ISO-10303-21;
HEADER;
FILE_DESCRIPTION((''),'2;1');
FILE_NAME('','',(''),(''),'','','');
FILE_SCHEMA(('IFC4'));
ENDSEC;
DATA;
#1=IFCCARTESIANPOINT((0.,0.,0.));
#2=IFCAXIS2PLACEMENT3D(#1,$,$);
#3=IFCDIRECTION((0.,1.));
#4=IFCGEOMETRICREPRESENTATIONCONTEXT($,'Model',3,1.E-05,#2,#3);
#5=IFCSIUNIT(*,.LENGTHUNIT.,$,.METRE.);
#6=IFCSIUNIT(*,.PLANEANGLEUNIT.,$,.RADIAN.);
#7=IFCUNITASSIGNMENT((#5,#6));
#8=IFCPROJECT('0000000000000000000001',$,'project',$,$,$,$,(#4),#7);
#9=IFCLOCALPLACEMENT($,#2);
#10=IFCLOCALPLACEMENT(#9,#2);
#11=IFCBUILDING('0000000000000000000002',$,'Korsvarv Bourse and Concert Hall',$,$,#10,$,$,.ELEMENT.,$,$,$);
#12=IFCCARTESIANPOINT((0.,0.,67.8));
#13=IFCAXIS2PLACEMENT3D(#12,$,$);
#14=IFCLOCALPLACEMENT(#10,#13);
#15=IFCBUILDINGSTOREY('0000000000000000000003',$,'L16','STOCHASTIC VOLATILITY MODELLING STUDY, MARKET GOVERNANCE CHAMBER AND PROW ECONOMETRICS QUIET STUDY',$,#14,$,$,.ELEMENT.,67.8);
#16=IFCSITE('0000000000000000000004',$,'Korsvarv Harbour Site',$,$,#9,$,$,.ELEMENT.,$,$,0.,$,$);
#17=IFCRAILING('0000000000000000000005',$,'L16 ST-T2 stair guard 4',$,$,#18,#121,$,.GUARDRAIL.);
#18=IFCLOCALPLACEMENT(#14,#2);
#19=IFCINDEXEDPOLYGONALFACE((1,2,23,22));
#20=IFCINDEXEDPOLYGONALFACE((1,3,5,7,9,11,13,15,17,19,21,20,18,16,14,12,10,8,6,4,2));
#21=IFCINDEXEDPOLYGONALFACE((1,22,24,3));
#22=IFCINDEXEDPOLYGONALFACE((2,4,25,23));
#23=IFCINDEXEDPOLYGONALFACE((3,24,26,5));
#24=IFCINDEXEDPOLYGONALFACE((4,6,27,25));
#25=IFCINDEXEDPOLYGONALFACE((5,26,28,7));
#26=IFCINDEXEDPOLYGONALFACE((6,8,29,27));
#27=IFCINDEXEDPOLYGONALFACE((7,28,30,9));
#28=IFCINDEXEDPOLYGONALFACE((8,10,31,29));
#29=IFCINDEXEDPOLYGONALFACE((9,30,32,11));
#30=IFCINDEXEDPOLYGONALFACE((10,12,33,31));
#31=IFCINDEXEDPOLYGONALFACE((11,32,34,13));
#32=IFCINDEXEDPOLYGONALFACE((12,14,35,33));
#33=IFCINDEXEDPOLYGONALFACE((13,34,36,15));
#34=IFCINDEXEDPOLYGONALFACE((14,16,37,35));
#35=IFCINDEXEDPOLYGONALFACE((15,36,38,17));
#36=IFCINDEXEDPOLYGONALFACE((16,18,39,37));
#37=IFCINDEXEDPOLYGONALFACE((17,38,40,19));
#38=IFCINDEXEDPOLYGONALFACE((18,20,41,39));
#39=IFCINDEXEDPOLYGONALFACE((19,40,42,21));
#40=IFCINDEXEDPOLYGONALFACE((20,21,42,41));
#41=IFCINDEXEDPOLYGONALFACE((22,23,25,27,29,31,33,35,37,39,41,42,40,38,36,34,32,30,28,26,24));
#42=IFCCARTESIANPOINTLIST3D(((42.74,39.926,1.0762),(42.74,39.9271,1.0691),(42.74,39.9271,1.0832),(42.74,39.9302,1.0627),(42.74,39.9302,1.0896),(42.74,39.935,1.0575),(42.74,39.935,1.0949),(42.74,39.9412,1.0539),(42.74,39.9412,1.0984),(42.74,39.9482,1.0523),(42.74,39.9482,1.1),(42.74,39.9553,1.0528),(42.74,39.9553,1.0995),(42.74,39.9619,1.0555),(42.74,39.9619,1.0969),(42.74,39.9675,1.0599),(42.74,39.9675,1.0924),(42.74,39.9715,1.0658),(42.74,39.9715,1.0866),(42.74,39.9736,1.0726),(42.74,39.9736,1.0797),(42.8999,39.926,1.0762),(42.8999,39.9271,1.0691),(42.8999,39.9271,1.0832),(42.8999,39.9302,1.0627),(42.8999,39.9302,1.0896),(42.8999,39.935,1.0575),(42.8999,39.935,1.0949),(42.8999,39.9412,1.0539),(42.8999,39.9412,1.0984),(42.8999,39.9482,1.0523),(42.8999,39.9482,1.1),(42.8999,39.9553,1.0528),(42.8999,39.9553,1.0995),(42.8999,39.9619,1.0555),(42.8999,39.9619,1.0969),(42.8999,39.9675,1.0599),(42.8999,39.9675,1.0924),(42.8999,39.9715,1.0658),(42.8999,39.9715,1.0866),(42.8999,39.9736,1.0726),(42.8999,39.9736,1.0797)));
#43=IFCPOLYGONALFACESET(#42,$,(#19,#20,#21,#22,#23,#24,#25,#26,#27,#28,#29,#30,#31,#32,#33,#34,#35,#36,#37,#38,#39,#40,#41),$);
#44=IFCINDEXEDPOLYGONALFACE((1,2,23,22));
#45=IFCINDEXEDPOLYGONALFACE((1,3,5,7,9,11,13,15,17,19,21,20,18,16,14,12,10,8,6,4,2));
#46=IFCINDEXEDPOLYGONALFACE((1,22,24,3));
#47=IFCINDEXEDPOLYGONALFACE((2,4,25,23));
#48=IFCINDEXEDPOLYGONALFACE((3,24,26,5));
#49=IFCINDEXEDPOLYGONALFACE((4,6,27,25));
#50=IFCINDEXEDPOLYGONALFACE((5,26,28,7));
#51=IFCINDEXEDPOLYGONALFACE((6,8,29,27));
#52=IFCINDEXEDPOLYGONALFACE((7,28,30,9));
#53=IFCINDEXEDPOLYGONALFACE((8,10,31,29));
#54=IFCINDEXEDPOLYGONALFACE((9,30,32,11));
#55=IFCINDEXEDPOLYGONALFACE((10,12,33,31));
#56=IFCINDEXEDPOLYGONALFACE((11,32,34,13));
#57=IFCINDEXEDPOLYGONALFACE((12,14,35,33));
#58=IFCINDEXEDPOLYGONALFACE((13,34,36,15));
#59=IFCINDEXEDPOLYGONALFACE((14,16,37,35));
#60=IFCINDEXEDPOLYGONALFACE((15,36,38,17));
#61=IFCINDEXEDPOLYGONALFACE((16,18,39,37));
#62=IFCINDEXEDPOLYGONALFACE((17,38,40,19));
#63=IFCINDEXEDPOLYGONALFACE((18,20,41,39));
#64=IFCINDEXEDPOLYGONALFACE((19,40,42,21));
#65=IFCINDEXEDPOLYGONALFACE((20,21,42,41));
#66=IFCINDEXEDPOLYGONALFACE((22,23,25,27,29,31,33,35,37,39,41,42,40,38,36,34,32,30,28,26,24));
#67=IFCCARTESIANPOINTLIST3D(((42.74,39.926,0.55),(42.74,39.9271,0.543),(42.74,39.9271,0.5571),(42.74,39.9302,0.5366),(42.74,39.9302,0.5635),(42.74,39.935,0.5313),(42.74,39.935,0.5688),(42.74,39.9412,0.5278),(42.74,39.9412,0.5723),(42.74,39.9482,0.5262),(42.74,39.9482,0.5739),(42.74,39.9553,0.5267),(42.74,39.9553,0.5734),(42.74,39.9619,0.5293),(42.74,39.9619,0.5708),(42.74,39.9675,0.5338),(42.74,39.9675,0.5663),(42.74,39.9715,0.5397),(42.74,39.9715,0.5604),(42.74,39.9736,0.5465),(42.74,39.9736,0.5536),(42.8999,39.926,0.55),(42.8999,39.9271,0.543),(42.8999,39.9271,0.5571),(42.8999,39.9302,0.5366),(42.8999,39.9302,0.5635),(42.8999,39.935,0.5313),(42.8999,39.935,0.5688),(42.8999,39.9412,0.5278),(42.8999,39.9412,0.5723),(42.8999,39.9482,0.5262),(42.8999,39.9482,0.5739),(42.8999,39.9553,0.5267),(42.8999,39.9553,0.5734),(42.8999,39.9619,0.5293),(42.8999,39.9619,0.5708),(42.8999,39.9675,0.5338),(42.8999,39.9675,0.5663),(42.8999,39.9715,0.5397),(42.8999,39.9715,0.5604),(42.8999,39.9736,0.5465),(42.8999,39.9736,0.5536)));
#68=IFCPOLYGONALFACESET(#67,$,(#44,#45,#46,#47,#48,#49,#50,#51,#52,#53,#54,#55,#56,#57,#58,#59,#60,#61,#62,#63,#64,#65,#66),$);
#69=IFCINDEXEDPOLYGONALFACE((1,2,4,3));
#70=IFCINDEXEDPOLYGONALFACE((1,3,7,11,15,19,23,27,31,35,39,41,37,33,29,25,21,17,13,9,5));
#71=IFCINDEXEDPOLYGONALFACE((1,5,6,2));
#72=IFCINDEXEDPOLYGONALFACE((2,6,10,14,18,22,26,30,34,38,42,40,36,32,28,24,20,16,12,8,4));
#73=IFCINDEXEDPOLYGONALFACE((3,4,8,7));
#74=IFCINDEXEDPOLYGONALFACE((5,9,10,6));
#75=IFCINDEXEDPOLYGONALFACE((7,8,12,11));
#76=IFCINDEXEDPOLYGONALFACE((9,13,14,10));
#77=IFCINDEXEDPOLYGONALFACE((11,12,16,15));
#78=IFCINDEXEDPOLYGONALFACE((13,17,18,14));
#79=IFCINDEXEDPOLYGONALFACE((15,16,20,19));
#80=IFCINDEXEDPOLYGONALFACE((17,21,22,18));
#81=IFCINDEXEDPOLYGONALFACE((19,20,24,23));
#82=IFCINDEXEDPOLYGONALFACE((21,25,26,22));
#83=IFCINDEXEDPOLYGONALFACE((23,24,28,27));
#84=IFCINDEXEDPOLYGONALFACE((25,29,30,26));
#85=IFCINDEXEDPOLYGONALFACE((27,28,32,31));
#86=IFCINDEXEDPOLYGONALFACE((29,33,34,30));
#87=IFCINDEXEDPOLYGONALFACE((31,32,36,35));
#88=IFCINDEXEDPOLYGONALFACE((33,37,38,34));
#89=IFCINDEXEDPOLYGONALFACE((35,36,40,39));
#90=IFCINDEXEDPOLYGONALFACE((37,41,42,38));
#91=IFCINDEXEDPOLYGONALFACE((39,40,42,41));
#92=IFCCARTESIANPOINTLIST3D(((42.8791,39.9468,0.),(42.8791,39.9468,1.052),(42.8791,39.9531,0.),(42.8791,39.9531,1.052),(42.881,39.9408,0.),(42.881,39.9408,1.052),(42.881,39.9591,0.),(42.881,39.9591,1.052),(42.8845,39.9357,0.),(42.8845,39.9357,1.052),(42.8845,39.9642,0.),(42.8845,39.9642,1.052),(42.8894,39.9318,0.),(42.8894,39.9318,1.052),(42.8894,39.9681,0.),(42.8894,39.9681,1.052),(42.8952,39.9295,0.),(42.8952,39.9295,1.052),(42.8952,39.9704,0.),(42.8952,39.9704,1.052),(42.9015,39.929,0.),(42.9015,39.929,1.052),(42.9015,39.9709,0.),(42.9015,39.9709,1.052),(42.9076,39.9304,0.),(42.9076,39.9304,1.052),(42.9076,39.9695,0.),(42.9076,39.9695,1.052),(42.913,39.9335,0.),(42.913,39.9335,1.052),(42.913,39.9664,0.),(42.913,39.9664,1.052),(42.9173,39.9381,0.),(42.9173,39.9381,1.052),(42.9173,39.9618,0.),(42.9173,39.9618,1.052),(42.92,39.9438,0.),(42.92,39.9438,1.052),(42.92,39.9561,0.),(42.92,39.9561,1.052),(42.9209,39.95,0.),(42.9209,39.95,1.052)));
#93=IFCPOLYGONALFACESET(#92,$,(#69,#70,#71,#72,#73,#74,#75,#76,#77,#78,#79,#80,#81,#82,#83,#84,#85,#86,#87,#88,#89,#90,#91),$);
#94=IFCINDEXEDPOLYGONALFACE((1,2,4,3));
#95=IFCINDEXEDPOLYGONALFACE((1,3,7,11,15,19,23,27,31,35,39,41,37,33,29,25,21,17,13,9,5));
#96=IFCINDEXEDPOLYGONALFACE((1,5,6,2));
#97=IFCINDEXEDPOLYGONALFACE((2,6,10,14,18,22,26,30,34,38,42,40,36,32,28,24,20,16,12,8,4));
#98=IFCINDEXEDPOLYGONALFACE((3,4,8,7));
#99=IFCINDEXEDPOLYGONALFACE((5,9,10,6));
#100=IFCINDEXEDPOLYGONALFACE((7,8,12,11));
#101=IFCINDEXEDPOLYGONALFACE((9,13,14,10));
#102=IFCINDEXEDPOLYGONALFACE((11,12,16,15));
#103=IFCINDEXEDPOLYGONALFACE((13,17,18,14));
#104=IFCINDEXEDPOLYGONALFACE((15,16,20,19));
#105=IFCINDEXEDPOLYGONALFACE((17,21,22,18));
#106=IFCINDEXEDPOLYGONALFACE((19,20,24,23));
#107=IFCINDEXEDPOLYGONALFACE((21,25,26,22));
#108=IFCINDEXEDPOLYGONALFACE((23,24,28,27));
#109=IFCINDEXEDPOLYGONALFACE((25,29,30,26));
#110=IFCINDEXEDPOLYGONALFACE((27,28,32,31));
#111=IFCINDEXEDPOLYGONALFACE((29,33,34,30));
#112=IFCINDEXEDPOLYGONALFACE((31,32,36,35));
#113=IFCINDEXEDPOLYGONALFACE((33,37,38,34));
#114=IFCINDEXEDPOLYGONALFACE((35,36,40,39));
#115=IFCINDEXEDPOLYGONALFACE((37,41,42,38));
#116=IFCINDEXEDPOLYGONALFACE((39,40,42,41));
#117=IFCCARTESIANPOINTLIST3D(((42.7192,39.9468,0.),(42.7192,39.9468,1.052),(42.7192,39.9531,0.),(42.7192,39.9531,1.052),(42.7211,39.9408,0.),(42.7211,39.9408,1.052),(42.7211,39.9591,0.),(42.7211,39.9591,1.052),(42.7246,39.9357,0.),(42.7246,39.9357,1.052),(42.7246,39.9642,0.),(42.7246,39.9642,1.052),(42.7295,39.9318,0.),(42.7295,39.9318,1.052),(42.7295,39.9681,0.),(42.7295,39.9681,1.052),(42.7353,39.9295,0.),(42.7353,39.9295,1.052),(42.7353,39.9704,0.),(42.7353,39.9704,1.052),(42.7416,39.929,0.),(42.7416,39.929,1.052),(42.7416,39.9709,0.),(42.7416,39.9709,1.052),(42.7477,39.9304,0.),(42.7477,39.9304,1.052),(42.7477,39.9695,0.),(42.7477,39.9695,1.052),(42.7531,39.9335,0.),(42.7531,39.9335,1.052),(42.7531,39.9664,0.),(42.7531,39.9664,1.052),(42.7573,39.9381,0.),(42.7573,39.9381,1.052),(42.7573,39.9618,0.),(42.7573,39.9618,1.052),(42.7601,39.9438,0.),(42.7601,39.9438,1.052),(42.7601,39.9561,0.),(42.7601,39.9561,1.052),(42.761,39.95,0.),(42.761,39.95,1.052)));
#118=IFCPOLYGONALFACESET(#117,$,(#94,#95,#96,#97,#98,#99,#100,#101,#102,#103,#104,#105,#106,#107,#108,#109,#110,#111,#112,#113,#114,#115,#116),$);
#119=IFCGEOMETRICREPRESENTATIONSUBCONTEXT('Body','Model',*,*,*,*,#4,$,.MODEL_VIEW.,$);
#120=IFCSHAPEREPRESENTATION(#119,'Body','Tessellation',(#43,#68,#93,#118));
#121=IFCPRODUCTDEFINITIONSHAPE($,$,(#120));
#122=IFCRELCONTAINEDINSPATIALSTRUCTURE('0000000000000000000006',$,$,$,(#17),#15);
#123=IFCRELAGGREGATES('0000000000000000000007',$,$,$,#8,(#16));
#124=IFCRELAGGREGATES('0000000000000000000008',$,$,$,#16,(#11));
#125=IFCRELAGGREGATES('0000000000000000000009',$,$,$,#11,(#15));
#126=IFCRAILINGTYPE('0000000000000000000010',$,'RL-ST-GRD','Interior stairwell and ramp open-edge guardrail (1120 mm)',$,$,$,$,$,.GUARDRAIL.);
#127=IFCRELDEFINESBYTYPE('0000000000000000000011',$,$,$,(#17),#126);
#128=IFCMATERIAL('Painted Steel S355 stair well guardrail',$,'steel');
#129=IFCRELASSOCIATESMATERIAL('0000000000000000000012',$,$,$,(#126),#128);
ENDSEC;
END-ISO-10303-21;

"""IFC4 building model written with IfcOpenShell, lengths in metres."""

from ifc_helpers import new_model, si_unit, direction, frame, origin, origin_2d, place, context, subcontext, project, spatial, circle, extrude, material, type_object, element, save


model = new_model("IFC4")

# Units and contexts
model_context = context("Model", 3, precision=1e-05, world=origin(), true_north=direction((0.0, 1.0)))
body_context = subcontext(model_context, "Body", "Model", "MODEL_VIEW")
ifc_project = project(units=[si_unit("LENGTHUNIT", "METRE"), si_unit("PLANEANGLEUNIT", "RADIAN")], contexts=[model_context])

# Site, building, storey
site_placement = place(None, origin())
site = spatial("IfcSite", under=ifc_project, at=site_placement, Name="Korsvarv Harbour Site", CompositionType="ELEMENT", RefElevation=0.0)
building_placement = place(site_placement, origin())
building = spatial("IfcBuilding", under=site, at=building_placement, Name="Korsvarv Bourse and Concert Hall", CompositionType="ELEMENT")
storey_placement = place(building_placement, frame((0.0, 0.0, 67.8)))
storey = spatial("IfcBuildingStorey", under=building, at=storey_placement, Name="L16", Description="STOCHASTIC VOLATILITY MODELLING STUDY, MARKET GOVERNANCE CHAMBER AND PROW ECONOMETRICS QUIET STUDY", CompositionType="ELEMENT", Elevation=67.8)

# Railing
ifc_material_1 = material(Name="Painted Steel S355 stair well guardrail", Category="steel")
railing_type_1 = type_object("IfcRailingType", Name="RL-ST-GRD", Description="Interior stairwell and ramp open-edge guardrail (1120 mm)", PredefinedType="GUARDRAIL", material=ifc_material_1)
railing_1_placement = place(storey_placement, frame((42.8999, 39.95, 0.0)))
element("IfcRailing", 1, at=railing_1_placement, inside=storey, type_object=railing_type_1, Name="L16 ST-T2 stair guard 4", PredefinedType="GUARDRAIL", context=body_context, shape_type="SweptSolid", body=[
    extrude(circle(Radius=0.0239, at=origin_2d()), frame((0.0, 0.0, 1.0762), z_axis=(-1.0, 0.0, 0.0), x_axis=(0.0, -1.0, 0.0)), (0.0, 0.0, 1.0), 0.1599),
    extrude(circle(Radius=0.0239, at=origin_2d()), frame((0.0, 0.0, 0.55), z_axis=(-1.0, 0.0, 0.0), x_axis=(0.0, -1.0, 0.0)), (0.0, 0.0, 1.0), 0.1599),
    extrude(circle(Radius=0.021, at=origin_2d()), origin(), (0.0, 0.0, 1.0), 1.052),
    extrude(circle(Radius=0.021, at=origin_2d()), frame((-0.1599, 0.0, 0.0)), (0.0, 0.0, 1.0), 1.052),
])

save(model, "model.ifc")
